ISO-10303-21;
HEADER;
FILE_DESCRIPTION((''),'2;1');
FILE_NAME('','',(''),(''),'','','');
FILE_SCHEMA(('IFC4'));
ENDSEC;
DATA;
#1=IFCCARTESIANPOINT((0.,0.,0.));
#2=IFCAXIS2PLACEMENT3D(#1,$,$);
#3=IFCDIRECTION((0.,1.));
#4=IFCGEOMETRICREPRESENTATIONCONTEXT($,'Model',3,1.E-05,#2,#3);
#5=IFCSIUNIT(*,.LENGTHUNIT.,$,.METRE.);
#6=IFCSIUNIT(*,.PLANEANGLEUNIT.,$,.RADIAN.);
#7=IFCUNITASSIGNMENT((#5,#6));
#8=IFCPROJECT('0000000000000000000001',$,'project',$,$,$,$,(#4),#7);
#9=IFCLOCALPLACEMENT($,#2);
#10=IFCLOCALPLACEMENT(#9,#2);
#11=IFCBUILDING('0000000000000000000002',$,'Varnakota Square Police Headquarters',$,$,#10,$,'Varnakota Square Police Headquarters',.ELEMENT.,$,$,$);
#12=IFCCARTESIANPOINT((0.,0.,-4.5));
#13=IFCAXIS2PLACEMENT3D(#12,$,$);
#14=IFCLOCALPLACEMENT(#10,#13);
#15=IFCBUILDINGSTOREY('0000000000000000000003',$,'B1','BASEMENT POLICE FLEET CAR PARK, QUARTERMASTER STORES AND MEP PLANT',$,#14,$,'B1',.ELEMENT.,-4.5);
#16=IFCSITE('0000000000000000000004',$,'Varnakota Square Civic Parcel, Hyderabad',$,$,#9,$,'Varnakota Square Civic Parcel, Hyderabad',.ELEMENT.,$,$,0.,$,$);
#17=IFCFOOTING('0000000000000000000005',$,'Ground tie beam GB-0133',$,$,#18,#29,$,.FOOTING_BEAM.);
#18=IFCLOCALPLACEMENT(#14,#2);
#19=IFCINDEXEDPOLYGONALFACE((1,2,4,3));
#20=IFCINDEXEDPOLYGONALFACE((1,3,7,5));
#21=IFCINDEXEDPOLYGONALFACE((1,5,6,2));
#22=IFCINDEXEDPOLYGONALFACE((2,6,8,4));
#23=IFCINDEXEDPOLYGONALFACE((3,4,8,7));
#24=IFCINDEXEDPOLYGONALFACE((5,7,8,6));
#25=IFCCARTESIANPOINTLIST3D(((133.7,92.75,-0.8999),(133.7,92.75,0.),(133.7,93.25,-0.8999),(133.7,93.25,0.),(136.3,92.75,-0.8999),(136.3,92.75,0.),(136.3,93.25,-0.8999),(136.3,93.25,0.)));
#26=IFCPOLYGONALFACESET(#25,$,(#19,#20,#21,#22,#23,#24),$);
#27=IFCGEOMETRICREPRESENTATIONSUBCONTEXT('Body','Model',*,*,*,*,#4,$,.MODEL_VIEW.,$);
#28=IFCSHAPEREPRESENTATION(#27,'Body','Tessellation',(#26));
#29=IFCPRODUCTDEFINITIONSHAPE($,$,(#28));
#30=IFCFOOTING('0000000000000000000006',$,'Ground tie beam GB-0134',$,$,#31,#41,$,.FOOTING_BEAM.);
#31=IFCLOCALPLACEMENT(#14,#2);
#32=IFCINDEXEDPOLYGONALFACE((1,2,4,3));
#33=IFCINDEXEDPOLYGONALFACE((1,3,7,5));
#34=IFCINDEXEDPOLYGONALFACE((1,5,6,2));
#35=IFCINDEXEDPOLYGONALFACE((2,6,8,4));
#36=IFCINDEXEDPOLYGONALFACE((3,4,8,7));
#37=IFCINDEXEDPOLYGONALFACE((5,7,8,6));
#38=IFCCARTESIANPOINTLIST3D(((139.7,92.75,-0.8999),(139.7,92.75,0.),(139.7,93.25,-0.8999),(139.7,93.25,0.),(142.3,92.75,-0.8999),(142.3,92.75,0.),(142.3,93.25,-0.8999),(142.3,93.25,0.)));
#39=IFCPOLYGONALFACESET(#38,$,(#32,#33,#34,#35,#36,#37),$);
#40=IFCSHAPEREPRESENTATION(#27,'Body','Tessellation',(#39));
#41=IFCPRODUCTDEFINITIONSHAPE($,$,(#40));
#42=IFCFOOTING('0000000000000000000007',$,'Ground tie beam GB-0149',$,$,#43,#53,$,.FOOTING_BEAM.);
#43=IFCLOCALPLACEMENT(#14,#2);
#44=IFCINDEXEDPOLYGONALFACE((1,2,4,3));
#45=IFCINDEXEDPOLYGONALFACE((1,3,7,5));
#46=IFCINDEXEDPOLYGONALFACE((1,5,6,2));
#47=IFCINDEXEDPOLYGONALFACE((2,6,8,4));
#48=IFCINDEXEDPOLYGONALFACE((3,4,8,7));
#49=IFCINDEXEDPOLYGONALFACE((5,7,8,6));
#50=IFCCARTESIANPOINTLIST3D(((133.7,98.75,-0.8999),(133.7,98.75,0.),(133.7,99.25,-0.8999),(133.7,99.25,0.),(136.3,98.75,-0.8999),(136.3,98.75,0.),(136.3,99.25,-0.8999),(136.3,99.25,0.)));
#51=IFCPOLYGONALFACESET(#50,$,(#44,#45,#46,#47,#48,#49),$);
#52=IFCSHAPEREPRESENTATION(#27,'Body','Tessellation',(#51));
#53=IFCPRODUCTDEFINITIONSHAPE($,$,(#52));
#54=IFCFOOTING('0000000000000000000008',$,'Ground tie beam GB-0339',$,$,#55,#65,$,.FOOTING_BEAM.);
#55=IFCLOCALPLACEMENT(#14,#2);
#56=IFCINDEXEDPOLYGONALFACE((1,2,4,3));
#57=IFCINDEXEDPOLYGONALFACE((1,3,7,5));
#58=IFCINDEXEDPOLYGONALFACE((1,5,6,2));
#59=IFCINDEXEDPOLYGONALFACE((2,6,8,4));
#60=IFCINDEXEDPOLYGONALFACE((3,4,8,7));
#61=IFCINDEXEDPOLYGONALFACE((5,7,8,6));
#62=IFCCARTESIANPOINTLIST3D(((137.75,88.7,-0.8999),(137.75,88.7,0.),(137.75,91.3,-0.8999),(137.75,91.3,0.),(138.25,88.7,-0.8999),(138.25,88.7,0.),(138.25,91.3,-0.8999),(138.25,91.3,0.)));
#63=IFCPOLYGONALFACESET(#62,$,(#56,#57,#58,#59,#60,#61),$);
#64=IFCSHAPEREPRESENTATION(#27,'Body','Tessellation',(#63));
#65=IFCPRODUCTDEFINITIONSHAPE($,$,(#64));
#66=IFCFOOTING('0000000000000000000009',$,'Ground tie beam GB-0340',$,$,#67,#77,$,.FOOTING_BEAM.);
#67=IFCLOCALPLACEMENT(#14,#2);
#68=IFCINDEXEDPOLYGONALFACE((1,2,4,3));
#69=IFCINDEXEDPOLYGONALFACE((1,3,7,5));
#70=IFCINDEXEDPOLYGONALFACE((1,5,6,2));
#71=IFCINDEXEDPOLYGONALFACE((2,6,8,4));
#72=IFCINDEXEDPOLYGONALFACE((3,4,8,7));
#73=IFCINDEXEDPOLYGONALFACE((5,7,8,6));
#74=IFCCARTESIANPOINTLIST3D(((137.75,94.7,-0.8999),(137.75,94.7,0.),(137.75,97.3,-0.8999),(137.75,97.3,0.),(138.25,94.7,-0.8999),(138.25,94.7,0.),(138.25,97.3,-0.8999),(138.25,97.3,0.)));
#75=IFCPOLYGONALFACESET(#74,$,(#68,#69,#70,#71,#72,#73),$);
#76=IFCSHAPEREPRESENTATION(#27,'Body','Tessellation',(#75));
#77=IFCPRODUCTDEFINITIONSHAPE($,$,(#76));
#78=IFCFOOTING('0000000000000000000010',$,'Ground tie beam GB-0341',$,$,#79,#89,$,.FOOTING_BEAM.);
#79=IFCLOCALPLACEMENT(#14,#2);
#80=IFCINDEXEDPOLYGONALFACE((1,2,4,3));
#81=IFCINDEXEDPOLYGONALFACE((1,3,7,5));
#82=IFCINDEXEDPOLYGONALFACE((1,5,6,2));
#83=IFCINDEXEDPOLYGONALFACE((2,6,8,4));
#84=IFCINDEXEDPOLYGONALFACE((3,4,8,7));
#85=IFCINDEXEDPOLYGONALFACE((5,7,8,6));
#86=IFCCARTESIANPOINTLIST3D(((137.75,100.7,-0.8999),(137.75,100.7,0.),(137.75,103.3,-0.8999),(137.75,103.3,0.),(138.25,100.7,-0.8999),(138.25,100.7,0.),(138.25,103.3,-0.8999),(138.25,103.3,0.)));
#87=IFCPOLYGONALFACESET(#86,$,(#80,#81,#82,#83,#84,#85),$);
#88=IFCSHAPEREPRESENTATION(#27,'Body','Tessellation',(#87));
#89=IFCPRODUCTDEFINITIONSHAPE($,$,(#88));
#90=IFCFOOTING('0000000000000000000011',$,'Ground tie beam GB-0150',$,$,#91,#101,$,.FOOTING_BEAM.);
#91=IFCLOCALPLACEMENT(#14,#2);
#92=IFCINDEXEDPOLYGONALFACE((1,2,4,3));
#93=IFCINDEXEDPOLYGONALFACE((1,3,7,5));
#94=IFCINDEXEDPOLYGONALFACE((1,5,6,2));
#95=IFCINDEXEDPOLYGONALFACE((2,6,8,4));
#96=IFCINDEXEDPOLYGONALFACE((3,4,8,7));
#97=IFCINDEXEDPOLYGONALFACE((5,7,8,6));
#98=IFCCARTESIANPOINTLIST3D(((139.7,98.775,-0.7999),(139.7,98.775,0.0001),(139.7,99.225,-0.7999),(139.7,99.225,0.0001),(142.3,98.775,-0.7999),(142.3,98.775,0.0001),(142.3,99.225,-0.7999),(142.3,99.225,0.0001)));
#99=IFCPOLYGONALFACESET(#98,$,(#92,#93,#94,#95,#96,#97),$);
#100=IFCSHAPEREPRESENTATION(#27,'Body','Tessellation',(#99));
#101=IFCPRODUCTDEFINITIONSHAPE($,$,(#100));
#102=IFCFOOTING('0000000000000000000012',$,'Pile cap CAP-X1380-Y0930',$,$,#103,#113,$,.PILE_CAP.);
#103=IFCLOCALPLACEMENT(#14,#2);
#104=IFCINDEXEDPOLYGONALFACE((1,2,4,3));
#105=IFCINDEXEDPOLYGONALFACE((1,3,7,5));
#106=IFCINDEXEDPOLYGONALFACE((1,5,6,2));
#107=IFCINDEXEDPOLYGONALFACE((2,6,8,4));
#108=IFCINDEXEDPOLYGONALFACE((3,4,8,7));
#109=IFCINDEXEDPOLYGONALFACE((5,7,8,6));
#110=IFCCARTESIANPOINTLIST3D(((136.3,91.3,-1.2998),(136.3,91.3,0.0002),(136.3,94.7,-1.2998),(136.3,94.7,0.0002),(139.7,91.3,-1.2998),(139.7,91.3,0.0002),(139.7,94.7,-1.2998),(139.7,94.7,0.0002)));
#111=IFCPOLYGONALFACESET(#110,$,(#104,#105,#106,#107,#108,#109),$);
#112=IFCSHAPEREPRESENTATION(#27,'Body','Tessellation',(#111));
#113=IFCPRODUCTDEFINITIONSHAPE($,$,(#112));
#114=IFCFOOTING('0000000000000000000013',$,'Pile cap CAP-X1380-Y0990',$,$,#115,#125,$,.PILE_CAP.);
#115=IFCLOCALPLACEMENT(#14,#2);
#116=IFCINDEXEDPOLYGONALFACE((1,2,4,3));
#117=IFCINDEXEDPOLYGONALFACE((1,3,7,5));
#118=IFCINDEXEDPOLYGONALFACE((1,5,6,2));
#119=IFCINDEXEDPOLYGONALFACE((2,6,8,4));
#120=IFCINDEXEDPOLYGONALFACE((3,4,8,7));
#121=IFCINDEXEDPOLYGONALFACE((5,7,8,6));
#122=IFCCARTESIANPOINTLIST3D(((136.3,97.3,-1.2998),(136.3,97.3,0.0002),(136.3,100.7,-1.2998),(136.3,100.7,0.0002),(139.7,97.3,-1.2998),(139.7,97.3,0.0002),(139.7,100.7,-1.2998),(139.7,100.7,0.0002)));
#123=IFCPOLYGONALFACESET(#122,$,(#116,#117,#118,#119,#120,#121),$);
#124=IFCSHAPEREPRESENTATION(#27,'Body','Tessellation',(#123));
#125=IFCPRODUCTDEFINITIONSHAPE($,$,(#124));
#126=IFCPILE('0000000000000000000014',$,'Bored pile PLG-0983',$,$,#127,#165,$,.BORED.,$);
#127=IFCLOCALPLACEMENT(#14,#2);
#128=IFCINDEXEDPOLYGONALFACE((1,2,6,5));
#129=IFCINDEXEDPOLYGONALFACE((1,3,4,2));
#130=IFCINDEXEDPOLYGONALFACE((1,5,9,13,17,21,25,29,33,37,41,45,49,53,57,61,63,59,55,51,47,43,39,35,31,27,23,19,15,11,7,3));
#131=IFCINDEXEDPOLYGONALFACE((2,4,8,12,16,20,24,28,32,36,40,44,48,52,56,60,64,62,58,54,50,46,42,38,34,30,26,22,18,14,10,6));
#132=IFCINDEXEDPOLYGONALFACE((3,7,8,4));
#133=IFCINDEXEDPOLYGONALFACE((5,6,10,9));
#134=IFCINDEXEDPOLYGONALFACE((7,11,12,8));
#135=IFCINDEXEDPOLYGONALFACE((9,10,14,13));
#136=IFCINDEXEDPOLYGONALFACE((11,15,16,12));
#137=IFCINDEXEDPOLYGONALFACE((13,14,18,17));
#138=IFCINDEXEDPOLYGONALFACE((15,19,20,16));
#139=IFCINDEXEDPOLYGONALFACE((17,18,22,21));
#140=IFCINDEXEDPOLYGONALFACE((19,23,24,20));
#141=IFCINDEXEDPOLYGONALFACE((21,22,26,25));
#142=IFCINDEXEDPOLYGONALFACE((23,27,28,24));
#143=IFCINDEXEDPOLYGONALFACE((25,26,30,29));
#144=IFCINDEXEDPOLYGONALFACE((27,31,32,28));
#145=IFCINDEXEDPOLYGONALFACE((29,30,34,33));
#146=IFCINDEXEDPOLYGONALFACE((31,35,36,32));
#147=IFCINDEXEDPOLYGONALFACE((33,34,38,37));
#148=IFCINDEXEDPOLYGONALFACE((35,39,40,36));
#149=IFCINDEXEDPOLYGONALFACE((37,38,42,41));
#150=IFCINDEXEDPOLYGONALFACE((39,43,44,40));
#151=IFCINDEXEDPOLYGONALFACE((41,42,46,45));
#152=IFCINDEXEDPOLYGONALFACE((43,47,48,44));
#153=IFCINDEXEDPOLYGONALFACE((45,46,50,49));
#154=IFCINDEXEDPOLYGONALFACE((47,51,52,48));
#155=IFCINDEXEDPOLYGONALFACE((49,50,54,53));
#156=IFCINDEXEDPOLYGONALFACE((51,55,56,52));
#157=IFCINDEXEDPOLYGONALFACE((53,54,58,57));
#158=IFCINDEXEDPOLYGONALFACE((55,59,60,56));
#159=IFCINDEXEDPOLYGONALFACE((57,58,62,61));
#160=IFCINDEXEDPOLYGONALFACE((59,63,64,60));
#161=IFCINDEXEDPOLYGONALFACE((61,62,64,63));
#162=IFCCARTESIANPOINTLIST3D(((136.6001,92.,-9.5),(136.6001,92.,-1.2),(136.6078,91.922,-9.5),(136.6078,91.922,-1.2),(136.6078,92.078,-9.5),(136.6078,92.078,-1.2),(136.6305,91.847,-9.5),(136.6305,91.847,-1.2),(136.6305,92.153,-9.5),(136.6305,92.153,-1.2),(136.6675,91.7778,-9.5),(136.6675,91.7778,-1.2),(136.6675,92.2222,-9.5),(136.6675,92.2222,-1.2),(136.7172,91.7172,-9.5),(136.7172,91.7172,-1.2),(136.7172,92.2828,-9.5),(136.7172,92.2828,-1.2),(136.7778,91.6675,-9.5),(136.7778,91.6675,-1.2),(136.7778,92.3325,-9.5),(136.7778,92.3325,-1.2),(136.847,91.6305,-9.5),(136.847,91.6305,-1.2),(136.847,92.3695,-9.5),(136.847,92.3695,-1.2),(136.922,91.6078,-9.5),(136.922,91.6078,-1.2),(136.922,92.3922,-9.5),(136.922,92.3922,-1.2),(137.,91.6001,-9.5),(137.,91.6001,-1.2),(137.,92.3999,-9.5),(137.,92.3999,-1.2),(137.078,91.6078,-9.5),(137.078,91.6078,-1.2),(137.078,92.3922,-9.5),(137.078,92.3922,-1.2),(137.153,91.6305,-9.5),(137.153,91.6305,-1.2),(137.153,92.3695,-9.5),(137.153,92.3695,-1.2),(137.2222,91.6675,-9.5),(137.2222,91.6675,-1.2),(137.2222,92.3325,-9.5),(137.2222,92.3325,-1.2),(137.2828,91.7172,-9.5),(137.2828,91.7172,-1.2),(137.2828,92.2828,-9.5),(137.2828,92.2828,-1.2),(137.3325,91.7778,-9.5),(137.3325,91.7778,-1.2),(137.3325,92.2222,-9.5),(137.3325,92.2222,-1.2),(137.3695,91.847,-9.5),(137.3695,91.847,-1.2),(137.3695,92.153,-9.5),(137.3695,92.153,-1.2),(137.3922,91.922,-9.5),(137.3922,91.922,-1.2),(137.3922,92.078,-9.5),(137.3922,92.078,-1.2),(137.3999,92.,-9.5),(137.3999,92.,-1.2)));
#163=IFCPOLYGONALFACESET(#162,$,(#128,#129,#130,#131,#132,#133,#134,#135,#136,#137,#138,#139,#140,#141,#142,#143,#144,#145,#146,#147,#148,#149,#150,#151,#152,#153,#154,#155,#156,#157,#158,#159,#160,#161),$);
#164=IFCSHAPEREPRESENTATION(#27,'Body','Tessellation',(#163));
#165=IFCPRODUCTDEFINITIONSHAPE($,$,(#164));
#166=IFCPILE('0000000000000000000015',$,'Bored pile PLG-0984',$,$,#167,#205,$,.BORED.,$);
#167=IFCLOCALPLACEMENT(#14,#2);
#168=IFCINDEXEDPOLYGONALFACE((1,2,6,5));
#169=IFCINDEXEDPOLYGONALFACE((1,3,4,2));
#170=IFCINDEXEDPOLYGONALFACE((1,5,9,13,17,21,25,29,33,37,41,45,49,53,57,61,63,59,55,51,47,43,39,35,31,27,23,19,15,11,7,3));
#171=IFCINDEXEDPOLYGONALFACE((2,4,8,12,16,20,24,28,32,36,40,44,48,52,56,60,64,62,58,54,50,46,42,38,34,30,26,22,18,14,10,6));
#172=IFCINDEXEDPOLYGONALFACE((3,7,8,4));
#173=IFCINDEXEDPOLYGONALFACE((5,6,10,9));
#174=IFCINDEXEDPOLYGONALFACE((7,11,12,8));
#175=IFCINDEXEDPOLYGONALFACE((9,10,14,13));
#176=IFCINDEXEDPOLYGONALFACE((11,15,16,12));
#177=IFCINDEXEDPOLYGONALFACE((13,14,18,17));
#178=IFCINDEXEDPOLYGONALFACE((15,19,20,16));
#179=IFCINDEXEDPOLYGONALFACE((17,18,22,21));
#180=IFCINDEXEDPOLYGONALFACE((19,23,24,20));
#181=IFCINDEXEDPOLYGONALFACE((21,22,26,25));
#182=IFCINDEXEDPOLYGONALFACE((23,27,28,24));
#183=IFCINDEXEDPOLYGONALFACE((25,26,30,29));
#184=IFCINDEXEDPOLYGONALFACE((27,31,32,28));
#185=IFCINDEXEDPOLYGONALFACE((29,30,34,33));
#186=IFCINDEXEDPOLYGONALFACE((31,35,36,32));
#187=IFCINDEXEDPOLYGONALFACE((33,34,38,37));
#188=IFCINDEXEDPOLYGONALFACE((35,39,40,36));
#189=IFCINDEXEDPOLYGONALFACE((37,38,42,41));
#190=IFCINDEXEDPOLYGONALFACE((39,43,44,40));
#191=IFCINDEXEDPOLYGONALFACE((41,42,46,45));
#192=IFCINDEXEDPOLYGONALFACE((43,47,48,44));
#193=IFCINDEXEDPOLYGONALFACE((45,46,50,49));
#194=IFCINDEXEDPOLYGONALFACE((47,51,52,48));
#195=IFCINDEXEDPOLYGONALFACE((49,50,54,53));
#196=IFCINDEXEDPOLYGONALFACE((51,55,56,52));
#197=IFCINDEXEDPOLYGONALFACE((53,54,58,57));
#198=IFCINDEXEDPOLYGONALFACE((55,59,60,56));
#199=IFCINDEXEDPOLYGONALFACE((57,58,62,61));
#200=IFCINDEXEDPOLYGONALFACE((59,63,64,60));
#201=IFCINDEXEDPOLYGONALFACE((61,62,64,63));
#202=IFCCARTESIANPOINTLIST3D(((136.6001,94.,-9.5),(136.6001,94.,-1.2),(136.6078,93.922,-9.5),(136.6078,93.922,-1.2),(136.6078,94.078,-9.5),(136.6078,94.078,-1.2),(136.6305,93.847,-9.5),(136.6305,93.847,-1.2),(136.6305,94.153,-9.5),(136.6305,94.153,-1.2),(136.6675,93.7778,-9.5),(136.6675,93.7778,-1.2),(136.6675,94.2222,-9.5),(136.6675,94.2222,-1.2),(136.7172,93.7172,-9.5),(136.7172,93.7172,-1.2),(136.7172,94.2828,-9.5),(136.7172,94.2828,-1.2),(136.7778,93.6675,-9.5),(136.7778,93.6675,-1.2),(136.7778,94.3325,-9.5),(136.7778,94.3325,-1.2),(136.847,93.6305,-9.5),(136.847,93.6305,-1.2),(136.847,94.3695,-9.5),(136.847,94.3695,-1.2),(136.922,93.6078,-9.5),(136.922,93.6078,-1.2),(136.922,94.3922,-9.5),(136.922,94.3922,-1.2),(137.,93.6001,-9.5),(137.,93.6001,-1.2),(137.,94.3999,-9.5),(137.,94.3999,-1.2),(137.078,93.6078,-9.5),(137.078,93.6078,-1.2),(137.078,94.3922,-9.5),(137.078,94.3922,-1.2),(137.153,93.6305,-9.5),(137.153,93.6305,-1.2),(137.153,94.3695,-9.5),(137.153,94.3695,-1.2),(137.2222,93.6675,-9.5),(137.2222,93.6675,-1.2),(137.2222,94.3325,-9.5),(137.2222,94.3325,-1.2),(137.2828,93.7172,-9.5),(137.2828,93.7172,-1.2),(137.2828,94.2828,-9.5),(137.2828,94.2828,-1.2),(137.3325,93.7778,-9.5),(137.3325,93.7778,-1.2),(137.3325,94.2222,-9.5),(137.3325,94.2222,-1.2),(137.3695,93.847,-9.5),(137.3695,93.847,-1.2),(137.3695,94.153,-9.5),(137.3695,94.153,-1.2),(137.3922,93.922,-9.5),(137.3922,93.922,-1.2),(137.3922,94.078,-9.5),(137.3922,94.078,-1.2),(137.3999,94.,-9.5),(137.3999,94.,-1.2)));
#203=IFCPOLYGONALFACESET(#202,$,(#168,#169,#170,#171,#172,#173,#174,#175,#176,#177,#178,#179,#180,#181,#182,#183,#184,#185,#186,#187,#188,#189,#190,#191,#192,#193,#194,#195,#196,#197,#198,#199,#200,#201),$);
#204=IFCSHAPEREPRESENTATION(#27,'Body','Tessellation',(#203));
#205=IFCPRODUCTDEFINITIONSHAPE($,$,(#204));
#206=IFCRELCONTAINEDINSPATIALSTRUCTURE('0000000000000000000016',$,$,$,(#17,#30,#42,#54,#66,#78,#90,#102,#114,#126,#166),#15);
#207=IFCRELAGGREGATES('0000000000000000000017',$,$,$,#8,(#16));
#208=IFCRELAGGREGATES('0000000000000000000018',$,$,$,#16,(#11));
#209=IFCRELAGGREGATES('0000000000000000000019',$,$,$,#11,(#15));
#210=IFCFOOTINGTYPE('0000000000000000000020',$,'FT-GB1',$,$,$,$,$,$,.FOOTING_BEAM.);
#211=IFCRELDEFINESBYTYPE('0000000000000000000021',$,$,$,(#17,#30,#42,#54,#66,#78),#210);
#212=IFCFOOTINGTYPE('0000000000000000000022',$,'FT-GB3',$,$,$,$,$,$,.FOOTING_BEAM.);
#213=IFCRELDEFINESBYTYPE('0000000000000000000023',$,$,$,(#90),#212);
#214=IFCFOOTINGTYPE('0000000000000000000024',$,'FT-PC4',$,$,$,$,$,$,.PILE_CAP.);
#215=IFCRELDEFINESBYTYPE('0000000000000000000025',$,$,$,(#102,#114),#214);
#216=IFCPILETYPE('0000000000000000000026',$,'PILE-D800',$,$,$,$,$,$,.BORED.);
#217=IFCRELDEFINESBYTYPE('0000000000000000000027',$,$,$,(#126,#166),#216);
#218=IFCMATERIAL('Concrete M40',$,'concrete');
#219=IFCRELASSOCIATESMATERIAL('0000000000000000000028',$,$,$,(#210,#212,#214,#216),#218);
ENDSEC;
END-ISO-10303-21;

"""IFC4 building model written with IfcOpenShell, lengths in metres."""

from ifc_helpers import new_model, si_unit, direction, frame, origin, origin_2d, place, context, subcontext, project, spatial, rectangle, circle, extrude, material, material_profile, profile_set, type_object, element, save


model = new_model("IFC4")

# Units and contexts
model_context = context("Model", 3, precision=1e-05, world=origin(), true_north=direction((0.0, 1.0)))
body_context = subcontext(model_context, "Body", "Model", "MODEL_VIEW")
ifc_project = project(units=[si_unit("LENGTHUNIT", "METRE"), si_unit("PLANEANGLEUNIT", "RADIAN")], contexts=[model_context])

# Site, building, storey
site_placement = place(None, origin())
site = spatial("IfcSite", under=ifc_project, at=site_placement, Name="Varnakota Square Civic Parcel, Hyderabad", LongName="Varnakota Square Civic Parcel, Hyderabad", CompositionType="ELEMENT", RefElevation=0.0)
building_placement = place(site_placement, origin())
building = spatial("IfcBuilding", under=site, at=building_placement, Name="Varnakota Square Police Headquarters", LongName="Varnakota Square Police Headquarters", CompositionType="ELEMENT")
storey_placement = place(building_placement, frame((0.0, 0.0, -4.5)))
storey = spatial("IfcBuildingStorey", under=building, at=storey_placement, Name="B1", Description="BASEMENT POLICE FLEET CAR PARK, QUARTERMASTER STORES AND MEP PLANT", LongName="B1", CompositionType="ELEMENT", Elevation=-4.5)

# Footings
ifc_material_1 = material(Name="Concrete M40", Category="concrete")
ifc_material_profile_1 = material_profile(ifc_material_1, rectangle(XDim=0.5, YDim=0.8999, at=origin_2d()), Name="GB 500x900")
ifc_profile_set_1 = profile_set([ifc_material_profile_1], Name="Concrete M40")
footing_type_1 = type_object("IfcFootingType", Name="FT-GB1", PredefinedType="FOOTING_BEAM", material=ifc_profile_set_1)
for number, where, z_axis, x_axis, name in (
    (1, (133.7, 93.0, -0.45), (1.0, 0.0, 0.0), (0.0, 1.0, 0.0), "Ground tie beam GB-0133"),
    (2, (139.7, 93.0, -0.45), (1.0, 0.0, 0.0), (0.0, 1.0, 0.0), "Ground tie beam GB-0134"),
    (3, (133.7, 99.0, -0.45), (1.0, 0.0, 0.0), (0.0, 1.0, 0.0), "Ground tie beam GB-0149"),
    (4, (138.0, 88.7, -0.45), (0.0, 1.0, 0.0), (-1.0, 0.0, 0.0), "Ground tie beam GB-0339"),
    (5, (138.0, 94.7, -0.45), (0.0, 1.0, 0.0), (-1.0, 0.0, 0.0), "Ground tie beam GB-0340"),
    (6, (138.0, 100.7, -0.45), (0.0, 1.0, 0.0), (-1.0, 0.0, 0.0), "Ground tie beam GB-0341"),
):
    element("IfcFooting", number, at=place(storey_placement, frame(where, z_axis=z_axis, x_axis=x_axis)), inside=storey, type_object=footing_type_1, Name=name, PredefinedType="FOOTING_BEAM", context=body_context, shape_type="SweptSolid", body=[
        extrude(rectangle(XDim=0.5, YDim=0.8999, at=origin_2d()), origin(), (0.0, 0.0, 1.0), 2.6001),
    ])
ifc_material_profile_2 = material_profile(ifc_material_1, rectangle(XDim=0.45, YDim=0.8, at=origin_2d()), Name="GB 450x800")
ifc_profile_set_2 = profile_set([ifc_material_profile_2], Name="Concrete M40")
footing_type_2 = type_object("IfcFootingType", Name="FT-GB3", PredefinedType="FOOTING_BEAM", material=ifc_profile_set_2)
footing_placement = place(storey_placement, frame((139.7, 99.0, -0.3999), z_axis=(1.0, 0.0, 0.0), x_axis=(0.0, 1.0, 0.0)))
element("IfcFooting", 7, at=footing_placement, inside=storey, type_object=footing_type_2, Name="Ground tie beam GB-0150", PredefinedType="FOOTING_BEAM", context=body_context, shape_type="SweptSolid", body=[
    extrude(rectangle(XDim=0.45, YDim=0.8, at=origin_2d()), origin(), (0.0, 0.0, 1.0), 2.6001),
])
footing_type_3 = type_object("IfcFootingType", Name="FT-PC4", PredefinedType="PILE_CAP", material=ifc_material_1)
for number, where, z_axis, x_axis, name in (
    (8, (138.0, 93.0, -1.2998), (0.0, 0.0, 1.0), (1.0, 0.0, 0.0), "Pile cap CAP-X1380-Y0930"),
    (9, (138.0, 99.0, -1.2998), (0.0, 0.0, 1.0), (1.0, 0.0, 0.0), "Pile cap CAP-X1380-Y0990"),
):
    element("IfcFooting", number, at=place(storey_placement, frame(where, z_axis=z_axis, x_axis=x_axis)), inside=storey, type_object=footing_type_3, Name=name, PredefinedType="PILE_CAP", context=body_context, shape_type="SweptSolid", body=[
        extrude(rectangle(XDim=3.3999, YDim=3.3999, at=origin_2d()), origin(), (0.0, 0.0, 1.0), 1.3),
    ])

# Piles
ifc_material_profile_3 = material_profile(ifc_material_1, circle(Radius=0.3999, at=origin_2d()), Name="BORED PILE 800")
ifc_profile_set_3 = profile_set([ifc_material_profile_3], Name="Concrete M40")
pile_type = type_object("IfcPileType", Name="PILE-D800", PredefinedType="BORED", material=ifc_profile_set_3)
for number, where, z_axis, x_axis, name in (
    (10, (137.0, 92.0, -1.2), (0.0, 0.0, -1.0), (1.0, 0.0, 0.0), "Bored pile PLG-0983"),
    (11, (137.0, 94.0, -1.2), (0.0, 0.0, -1.0), (1.0, 0.0, 0.0), "Bored pile PLG-0984"),
):
    element("IfcPile", number, at=place(storey_placement, frame(where, z_axis=z_axis, x_axis=x_axis)), inside=storey, type_object=pile_type, Name=name, PredefinedType="BORED", context=body_context, shape_type="SweptSolid", body=[
        extrude(circle(Radius=0.3999, at=origin_2d()), origin(), (0.0, 0.0, 1.0), 8.3),
    ])

save(model, "model.ifc")
